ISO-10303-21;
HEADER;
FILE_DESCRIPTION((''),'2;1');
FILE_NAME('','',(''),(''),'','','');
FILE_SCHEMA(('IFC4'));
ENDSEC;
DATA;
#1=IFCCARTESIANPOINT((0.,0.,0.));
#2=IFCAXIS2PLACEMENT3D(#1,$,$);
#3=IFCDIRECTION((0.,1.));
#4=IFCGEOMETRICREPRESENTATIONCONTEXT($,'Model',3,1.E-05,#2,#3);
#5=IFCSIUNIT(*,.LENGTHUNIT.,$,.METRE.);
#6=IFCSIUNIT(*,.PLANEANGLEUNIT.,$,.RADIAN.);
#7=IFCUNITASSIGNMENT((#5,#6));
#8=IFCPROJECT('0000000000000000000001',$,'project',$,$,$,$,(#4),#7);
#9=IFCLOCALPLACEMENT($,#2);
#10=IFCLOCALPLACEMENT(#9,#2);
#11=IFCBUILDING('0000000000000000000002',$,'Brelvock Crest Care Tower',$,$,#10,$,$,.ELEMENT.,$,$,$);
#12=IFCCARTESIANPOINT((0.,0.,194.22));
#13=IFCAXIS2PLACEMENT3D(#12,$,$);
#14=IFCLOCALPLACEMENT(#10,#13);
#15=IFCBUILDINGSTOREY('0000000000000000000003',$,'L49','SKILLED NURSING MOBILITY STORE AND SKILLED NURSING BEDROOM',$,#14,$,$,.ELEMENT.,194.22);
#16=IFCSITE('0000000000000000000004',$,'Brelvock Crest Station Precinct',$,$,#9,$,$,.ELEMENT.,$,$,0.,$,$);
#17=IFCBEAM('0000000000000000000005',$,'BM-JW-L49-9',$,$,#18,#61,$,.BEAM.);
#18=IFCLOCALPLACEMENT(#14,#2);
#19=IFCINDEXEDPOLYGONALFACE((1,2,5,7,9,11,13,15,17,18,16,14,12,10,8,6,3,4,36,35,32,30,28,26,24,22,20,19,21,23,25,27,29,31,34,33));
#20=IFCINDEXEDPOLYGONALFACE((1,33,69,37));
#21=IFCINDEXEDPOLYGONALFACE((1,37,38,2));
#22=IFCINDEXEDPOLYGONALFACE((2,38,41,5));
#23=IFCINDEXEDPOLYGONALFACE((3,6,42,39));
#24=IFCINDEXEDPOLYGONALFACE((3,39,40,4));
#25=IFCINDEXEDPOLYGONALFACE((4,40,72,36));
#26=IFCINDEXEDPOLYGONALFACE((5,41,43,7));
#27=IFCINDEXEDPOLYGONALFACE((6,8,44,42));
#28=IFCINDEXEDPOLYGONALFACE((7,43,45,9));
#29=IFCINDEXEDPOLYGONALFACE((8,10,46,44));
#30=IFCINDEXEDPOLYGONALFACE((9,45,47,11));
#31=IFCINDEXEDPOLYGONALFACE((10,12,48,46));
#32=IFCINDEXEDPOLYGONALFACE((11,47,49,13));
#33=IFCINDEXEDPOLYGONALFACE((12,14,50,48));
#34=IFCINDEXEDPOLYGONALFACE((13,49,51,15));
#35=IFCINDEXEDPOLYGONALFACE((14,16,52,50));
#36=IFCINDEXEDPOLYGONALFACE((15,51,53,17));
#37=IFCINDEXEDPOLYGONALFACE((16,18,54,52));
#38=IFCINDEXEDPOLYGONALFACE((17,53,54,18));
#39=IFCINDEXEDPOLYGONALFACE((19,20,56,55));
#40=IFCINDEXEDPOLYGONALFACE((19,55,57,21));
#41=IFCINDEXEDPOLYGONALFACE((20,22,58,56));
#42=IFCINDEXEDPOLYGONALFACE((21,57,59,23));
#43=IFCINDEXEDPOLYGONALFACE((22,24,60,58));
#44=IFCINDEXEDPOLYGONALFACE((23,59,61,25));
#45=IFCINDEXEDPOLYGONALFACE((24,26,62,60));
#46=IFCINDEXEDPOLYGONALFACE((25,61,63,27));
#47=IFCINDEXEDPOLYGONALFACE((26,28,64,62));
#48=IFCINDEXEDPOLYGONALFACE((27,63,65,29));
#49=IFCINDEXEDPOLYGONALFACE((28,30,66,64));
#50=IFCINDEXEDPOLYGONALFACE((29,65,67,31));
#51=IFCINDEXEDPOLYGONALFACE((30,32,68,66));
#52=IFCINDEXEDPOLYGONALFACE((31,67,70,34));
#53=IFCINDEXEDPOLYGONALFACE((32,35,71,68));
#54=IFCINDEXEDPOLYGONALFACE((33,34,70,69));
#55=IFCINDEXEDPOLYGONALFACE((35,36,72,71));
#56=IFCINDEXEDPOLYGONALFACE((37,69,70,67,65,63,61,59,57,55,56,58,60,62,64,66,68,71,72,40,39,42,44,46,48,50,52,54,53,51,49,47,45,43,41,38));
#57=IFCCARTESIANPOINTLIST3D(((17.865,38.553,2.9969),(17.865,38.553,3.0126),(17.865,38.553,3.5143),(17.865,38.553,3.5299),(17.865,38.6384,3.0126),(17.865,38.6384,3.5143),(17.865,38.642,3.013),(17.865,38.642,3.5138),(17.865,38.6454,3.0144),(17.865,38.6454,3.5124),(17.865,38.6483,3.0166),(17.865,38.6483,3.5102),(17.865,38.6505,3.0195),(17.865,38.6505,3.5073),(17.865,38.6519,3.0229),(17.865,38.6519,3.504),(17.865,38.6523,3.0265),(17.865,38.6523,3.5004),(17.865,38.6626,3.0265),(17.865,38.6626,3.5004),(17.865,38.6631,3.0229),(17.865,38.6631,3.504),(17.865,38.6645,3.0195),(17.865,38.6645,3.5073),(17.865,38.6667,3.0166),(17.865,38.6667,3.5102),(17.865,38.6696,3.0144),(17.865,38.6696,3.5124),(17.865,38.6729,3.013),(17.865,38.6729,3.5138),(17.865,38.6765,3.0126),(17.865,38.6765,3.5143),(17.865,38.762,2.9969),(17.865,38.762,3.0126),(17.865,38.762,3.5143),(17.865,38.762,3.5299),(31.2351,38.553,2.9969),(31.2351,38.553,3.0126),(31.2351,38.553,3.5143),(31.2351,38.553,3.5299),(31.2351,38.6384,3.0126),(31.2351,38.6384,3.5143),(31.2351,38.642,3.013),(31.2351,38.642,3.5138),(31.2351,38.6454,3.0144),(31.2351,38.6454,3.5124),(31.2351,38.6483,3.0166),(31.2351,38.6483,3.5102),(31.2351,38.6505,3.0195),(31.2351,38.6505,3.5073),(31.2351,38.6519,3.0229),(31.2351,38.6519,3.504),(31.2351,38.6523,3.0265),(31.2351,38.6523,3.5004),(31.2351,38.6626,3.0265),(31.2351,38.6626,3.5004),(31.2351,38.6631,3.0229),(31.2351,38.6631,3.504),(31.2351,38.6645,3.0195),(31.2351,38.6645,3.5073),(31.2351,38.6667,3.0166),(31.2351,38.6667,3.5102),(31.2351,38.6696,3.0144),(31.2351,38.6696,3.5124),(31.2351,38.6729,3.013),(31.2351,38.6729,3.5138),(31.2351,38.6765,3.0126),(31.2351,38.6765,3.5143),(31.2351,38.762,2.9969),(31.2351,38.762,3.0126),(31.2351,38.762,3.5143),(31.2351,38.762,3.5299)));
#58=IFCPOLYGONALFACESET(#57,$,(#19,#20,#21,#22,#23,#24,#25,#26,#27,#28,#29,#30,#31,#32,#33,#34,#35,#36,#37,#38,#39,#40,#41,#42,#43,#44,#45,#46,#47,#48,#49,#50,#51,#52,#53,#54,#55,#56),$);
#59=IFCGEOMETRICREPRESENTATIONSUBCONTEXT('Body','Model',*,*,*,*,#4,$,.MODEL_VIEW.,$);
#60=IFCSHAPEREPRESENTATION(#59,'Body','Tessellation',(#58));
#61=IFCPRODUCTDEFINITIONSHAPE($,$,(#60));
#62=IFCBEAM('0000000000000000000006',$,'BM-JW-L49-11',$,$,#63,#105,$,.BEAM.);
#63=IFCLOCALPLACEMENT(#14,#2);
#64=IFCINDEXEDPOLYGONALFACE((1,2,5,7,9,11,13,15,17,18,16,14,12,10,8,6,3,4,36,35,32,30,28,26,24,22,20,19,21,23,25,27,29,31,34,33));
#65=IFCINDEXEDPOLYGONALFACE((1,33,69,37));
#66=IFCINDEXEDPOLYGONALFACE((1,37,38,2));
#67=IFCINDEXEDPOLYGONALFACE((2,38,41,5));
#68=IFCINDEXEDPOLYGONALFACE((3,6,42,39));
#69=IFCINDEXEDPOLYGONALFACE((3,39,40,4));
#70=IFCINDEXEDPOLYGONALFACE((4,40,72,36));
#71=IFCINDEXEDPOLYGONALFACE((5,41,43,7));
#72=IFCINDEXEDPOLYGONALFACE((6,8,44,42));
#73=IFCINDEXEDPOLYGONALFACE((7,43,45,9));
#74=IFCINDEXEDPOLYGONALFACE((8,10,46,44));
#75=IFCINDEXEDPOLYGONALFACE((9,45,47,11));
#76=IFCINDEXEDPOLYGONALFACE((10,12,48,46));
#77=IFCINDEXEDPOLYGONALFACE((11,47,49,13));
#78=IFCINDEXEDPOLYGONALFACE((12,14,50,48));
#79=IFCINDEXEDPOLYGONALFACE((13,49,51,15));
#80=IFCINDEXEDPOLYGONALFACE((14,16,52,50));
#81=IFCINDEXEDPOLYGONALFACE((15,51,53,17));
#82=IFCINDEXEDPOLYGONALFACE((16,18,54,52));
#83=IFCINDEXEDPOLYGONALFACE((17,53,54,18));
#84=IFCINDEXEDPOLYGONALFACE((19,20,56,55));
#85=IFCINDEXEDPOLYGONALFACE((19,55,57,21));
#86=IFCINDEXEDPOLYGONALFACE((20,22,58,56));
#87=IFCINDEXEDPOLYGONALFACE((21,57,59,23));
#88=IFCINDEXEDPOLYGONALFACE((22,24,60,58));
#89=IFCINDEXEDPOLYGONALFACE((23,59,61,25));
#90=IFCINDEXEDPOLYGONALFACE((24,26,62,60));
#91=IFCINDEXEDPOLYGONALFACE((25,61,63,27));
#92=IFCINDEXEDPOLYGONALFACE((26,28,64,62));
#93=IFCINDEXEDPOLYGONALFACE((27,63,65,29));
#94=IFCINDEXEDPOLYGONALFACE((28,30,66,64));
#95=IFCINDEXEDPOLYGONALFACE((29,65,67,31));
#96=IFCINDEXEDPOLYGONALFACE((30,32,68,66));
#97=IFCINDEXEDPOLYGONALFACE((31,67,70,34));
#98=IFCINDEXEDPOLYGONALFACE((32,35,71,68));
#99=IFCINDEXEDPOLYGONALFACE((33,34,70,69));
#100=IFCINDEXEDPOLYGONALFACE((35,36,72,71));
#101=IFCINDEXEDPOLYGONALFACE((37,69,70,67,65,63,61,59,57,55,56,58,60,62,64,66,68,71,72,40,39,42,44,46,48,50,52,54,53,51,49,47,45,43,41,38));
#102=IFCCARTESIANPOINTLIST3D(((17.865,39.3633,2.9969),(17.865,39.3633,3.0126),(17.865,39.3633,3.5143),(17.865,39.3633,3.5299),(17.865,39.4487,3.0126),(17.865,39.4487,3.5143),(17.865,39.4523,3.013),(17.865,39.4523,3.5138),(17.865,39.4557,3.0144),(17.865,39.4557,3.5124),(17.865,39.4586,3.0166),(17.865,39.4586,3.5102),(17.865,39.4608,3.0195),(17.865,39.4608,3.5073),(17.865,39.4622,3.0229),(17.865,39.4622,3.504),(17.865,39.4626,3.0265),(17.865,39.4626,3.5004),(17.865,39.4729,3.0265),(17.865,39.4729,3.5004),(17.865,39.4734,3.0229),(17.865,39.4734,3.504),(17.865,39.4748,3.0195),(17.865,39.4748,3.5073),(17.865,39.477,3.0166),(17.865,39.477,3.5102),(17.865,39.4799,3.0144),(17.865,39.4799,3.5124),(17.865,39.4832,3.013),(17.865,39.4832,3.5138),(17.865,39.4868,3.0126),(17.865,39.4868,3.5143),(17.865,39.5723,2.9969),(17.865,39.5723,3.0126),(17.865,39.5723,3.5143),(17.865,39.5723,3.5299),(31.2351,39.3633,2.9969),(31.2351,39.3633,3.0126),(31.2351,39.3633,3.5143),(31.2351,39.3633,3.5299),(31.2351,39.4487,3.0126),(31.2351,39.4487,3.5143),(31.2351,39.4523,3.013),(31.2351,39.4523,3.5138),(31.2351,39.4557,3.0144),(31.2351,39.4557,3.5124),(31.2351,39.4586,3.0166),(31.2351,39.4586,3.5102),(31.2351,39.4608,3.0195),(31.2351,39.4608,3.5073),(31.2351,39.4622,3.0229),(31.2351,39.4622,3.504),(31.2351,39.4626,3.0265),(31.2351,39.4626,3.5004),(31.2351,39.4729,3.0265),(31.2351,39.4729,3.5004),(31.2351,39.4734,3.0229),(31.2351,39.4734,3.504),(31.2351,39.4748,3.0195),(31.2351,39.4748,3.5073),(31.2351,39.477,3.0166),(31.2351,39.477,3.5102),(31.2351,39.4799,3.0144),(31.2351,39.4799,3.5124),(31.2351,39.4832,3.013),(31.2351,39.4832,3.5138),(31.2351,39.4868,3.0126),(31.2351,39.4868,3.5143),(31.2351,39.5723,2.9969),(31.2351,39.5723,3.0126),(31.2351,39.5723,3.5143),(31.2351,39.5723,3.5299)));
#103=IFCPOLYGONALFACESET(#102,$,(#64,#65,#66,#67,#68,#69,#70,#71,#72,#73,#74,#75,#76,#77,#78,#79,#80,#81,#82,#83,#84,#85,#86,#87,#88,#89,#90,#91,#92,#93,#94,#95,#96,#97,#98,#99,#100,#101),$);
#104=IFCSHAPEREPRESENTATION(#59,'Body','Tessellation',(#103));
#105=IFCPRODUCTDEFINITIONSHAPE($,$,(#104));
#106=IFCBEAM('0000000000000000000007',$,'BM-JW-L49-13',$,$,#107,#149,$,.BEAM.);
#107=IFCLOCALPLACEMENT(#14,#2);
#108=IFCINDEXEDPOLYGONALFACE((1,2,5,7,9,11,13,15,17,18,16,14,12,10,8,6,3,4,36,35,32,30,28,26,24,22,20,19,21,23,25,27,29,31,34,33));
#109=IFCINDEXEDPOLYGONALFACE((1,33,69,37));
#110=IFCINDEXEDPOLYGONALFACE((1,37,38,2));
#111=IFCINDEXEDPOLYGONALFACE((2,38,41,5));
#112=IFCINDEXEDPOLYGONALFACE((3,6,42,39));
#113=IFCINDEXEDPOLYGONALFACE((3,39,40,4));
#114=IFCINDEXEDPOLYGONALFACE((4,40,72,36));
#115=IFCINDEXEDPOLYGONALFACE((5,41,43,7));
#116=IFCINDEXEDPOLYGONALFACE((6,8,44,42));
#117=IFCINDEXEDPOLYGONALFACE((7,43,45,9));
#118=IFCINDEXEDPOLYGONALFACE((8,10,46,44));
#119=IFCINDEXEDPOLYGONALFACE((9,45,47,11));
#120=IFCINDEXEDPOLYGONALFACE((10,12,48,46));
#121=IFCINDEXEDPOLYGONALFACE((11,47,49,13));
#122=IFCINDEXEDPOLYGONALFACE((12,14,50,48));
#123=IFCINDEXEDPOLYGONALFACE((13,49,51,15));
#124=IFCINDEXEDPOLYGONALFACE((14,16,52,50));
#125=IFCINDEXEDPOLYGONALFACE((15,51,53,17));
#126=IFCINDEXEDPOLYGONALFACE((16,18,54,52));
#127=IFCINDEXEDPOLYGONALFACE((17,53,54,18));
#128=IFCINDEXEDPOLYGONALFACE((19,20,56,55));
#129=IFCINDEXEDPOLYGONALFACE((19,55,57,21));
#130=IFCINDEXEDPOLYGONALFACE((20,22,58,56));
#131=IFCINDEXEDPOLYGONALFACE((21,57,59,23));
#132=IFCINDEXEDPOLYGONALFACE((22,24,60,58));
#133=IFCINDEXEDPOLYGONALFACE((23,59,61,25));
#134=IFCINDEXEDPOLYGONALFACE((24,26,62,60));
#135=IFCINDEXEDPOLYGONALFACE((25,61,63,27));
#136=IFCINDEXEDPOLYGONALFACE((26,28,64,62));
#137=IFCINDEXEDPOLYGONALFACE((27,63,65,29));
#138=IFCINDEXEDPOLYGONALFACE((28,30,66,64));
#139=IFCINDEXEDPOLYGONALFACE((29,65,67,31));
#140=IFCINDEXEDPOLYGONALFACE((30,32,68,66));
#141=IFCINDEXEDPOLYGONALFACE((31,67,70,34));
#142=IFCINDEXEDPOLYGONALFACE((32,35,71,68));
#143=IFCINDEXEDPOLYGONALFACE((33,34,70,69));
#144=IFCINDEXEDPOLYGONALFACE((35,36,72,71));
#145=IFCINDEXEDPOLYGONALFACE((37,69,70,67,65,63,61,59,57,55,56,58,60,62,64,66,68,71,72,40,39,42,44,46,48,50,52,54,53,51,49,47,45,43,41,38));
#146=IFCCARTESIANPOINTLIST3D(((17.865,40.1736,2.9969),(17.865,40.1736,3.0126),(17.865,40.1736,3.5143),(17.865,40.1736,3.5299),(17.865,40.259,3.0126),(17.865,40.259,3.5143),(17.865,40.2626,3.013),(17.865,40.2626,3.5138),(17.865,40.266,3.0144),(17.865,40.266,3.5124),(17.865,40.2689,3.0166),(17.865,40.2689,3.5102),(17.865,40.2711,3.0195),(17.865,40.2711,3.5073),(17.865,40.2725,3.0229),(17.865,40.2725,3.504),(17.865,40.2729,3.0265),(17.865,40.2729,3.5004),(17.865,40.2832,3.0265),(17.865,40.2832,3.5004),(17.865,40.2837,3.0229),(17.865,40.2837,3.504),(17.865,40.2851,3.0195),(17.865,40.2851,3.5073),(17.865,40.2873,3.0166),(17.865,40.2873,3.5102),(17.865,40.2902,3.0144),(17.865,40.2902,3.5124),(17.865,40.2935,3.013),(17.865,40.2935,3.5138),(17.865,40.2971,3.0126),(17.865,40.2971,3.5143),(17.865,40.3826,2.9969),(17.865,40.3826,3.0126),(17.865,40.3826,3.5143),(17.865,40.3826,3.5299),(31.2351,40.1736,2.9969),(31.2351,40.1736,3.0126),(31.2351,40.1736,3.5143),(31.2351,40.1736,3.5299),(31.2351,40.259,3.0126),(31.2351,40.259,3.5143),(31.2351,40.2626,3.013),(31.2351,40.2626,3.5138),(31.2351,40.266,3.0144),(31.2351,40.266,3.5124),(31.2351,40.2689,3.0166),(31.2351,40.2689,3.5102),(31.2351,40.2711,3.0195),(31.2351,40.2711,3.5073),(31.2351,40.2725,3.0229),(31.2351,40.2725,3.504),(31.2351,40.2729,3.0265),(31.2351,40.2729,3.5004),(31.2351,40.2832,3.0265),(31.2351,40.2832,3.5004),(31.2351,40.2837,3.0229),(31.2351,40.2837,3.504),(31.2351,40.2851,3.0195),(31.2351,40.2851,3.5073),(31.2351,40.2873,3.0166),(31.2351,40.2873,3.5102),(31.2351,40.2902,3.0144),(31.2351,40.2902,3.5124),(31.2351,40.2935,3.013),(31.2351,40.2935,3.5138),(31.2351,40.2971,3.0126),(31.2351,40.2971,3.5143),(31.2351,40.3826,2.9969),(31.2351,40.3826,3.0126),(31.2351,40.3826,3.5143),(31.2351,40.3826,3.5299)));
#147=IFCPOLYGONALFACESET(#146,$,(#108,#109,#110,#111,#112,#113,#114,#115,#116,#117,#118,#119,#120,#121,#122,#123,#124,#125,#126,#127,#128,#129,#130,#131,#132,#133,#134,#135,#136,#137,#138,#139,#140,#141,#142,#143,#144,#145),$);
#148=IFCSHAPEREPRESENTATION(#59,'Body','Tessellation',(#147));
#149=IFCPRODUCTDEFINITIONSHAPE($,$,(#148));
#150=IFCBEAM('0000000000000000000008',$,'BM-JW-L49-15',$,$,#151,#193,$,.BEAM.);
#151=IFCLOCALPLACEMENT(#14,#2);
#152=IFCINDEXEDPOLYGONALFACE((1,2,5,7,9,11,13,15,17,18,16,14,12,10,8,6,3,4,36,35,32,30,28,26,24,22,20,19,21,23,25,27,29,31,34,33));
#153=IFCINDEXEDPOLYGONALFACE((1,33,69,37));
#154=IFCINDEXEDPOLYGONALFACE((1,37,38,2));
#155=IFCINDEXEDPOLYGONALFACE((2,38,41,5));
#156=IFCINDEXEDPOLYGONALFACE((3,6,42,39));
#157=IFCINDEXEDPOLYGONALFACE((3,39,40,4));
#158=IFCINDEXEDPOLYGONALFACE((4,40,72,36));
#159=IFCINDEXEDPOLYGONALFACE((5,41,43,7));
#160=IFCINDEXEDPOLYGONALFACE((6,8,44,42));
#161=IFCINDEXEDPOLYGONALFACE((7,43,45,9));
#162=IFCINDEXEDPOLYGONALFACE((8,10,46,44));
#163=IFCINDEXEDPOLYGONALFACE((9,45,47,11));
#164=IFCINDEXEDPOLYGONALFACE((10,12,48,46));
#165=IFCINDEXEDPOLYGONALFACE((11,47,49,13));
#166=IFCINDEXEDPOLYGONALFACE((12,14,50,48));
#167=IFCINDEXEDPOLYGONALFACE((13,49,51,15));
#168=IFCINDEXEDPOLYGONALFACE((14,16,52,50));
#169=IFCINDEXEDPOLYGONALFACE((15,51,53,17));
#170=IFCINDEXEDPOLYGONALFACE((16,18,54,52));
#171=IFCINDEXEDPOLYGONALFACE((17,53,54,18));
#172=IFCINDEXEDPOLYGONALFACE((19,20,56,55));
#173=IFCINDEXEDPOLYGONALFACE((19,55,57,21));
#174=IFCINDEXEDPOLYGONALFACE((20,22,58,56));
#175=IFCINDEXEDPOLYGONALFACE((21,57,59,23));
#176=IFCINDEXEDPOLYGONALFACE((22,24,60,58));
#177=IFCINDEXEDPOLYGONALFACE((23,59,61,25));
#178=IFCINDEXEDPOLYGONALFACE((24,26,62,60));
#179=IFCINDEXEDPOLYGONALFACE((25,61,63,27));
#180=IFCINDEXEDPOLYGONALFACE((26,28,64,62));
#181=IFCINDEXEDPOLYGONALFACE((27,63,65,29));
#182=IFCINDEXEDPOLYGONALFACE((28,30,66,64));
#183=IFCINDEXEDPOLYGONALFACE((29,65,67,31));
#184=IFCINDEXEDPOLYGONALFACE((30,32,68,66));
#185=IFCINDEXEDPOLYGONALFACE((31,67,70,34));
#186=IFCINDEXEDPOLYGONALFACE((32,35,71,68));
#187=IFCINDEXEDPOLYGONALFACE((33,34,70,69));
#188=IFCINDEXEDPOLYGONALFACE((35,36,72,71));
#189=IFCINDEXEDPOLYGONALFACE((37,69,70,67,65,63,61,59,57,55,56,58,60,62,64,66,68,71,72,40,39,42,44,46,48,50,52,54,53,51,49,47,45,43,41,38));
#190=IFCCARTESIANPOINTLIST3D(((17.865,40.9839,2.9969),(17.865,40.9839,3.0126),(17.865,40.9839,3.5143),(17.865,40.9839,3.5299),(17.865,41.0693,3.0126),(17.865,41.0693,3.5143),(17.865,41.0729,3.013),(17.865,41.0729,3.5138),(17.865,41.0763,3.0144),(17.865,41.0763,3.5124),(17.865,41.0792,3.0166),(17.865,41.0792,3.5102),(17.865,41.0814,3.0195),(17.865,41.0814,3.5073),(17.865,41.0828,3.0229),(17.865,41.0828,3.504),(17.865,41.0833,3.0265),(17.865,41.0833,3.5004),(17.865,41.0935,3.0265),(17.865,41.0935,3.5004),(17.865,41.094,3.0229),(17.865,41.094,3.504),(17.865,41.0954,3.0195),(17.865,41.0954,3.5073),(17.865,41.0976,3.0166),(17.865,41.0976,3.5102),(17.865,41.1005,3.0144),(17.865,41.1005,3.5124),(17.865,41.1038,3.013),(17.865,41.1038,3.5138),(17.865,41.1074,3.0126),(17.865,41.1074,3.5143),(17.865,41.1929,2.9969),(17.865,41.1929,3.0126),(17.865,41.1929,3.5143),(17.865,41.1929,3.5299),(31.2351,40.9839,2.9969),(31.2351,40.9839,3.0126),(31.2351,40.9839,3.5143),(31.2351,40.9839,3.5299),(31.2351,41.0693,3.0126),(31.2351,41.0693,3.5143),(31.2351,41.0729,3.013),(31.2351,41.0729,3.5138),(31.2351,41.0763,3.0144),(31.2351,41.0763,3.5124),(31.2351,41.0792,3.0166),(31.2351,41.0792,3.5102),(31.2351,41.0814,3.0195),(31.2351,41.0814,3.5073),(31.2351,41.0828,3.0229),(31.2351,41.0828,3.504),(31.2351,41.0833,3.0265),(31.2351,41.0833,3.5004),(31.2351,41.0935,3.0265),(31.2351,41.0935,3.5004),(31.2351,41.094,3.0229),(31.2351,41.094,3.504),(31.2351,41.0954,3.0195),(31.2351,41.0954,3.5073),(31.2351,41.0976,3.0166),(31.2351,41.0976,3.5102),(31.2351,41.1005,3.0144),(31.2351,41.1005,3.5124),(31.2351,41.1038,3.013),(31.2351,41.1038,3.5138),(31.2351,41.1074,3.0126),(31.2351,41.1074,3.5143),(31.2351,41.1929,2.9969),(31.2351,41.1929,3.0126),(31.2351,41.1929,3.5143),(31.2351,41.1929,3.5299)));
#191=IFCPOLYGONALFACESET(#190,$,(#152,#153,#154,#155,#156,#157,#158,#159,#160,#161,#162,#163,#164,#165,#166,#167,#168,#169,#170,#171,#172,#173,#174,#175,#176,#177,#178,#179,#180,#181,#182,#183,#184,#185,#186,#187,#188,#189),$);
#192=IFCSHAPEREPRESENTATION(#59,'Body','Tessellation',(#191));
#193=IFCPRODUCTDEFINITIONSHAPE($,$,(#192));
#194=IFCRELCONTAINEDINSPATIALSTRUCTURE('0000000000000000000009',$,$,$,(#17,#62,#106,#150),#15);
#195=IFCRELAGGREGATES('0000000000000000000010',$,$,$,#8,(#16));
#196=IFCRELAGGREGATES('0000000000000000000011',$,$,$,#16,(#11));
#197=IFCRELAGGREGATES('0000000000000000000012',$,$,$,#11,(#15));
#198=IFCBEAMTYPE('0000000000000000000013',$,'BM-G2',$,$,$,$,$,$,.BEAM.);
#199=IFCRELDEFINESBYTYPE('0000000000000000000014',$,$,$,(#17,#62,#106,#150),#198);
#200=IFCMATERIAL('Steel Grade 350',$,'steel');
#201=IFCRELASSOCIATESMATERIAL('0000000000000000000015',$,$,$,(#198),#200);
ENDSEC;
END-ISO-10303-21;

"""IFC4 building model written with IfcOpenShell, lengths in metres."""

from ifc_helpers import new_model, si_unit, direction, frame, origin, origin_2d, place, context, subcontext, project, spatial, i_section, extrude, source, transform, mapped, material, material_profile, profile_set, type_object, element, save


model = new_model("IFC4")

# Units and contexts
model_context = context("Model", 3, precision=1e-05, world=origin(), true_north=direction((0.0, 1.0)))
body_context = subcontext(model_context, "Body", "Model", "MODEL_VIEW")
ifc_project = project(units=[si_unit("LENGTHUNIT", "METRE"), si_unit("PLANEANGLEUNIT", "RADIAN")], contexts=[model_context])

# Site, building, storey
site_placement = place(None, origin())
site = spatial("IfcSite", under=ifc_project, at=site_placement, Name="Brelvock Crest Station Precinct", CompositionType="ELEMENT", RefElevation=0.0)
building_placement = place(site_placement, origin())
building = spatial("IfcBuilding", under=site, at=building_placement, Name="Brelvock Crest Care Tower", CompositionType="ELEMENT")
storey_placement = place(building_placement, frame((0.0, 0.0, 194.22)))
storey = spatial("IfcBuildingStorey", under=building, at=storey_placement, Name="L49", Description="SKILLED NURSING MOBILITY STORE AND SKILLED NURSING BEDROOM", CompositionType="ELEMENT", Elevation=194.22)

# Shared definitions
ifc_material_1 = material(Name="Steel Grade 350", Category="steel")

# Beams
ifc_material_profile_1 = material_profile(ifc_material_1, i_section(OverallWidth=0.209, OverallDepth=0.533, WebThickness=0.0103, FlangeThickness=0.0156, FilletRadius=0.0139, at=origin_2d()), Name="530UB92.4")
ifc_profile_set_1 = profile_set([ifc_material_profile_1], Name="Steel Grade 350")
beam_type_1 = type_object("IfcBeamType", Name="BM-G2", PredefinedType="BEAM", material=ifc_profile_set_1)
shared_shape_1 = source(origin(), body_context, "Body", "SweptSolid", [
    extrude(i_section(OverallWidth=0.209, OverallDepth=0.533, WebThickness=0.0103, FlangeThickness=0.0156, FilletRadius=0.0139, at=origin_2d()), origin(), (0.0, 0.0, 1.0), 13.3701),
])
for number, where, z_axis, x_axis, name in (
    (1, (17.865, 38.6575, 3.2634), (1.0, 0.0, 0.0), (0.0, 1.0, 0.0), "BM-JW-L49-9"),
    (2, (17.865, 39.4678, 3.2634), (1.0, 0.0, 0.0), (0.0, 1.0, 0.0), "BM-JW-L49-11"),
    (3, (17.865, 40.2781, 3.2634), (1.0, 0.0, 0.0), (0.0, 1.0, 0.0), "BM-JW-L49-13"),
    (4, (17.865, 41.0884, 3.2634), (1.0, 0.0, 0.0), (0.0, 1.0, 0.0), "BM-JW-L49-15"),
):
    element("IfcBeam", number, at=place(storey_placement, frame(where, z_axis=z_axis, x_axis=x_axis)), inside=storey, type_object=beam_type_1, Name=name, PredefinedType="BEAM", context=body_context, shape_type="MappedRepresentation", body=[
        mapped(shared_shape_1, transform((0.0, 0.0, 0.0), x_axis=(1.0, 0.0, 0.0), y_axis=(0.0, 1.0, 0.0), z_axis=(0.0, 0.0, 1.0), scale=1.0)),
    ])

save(model, "model.ifc")
